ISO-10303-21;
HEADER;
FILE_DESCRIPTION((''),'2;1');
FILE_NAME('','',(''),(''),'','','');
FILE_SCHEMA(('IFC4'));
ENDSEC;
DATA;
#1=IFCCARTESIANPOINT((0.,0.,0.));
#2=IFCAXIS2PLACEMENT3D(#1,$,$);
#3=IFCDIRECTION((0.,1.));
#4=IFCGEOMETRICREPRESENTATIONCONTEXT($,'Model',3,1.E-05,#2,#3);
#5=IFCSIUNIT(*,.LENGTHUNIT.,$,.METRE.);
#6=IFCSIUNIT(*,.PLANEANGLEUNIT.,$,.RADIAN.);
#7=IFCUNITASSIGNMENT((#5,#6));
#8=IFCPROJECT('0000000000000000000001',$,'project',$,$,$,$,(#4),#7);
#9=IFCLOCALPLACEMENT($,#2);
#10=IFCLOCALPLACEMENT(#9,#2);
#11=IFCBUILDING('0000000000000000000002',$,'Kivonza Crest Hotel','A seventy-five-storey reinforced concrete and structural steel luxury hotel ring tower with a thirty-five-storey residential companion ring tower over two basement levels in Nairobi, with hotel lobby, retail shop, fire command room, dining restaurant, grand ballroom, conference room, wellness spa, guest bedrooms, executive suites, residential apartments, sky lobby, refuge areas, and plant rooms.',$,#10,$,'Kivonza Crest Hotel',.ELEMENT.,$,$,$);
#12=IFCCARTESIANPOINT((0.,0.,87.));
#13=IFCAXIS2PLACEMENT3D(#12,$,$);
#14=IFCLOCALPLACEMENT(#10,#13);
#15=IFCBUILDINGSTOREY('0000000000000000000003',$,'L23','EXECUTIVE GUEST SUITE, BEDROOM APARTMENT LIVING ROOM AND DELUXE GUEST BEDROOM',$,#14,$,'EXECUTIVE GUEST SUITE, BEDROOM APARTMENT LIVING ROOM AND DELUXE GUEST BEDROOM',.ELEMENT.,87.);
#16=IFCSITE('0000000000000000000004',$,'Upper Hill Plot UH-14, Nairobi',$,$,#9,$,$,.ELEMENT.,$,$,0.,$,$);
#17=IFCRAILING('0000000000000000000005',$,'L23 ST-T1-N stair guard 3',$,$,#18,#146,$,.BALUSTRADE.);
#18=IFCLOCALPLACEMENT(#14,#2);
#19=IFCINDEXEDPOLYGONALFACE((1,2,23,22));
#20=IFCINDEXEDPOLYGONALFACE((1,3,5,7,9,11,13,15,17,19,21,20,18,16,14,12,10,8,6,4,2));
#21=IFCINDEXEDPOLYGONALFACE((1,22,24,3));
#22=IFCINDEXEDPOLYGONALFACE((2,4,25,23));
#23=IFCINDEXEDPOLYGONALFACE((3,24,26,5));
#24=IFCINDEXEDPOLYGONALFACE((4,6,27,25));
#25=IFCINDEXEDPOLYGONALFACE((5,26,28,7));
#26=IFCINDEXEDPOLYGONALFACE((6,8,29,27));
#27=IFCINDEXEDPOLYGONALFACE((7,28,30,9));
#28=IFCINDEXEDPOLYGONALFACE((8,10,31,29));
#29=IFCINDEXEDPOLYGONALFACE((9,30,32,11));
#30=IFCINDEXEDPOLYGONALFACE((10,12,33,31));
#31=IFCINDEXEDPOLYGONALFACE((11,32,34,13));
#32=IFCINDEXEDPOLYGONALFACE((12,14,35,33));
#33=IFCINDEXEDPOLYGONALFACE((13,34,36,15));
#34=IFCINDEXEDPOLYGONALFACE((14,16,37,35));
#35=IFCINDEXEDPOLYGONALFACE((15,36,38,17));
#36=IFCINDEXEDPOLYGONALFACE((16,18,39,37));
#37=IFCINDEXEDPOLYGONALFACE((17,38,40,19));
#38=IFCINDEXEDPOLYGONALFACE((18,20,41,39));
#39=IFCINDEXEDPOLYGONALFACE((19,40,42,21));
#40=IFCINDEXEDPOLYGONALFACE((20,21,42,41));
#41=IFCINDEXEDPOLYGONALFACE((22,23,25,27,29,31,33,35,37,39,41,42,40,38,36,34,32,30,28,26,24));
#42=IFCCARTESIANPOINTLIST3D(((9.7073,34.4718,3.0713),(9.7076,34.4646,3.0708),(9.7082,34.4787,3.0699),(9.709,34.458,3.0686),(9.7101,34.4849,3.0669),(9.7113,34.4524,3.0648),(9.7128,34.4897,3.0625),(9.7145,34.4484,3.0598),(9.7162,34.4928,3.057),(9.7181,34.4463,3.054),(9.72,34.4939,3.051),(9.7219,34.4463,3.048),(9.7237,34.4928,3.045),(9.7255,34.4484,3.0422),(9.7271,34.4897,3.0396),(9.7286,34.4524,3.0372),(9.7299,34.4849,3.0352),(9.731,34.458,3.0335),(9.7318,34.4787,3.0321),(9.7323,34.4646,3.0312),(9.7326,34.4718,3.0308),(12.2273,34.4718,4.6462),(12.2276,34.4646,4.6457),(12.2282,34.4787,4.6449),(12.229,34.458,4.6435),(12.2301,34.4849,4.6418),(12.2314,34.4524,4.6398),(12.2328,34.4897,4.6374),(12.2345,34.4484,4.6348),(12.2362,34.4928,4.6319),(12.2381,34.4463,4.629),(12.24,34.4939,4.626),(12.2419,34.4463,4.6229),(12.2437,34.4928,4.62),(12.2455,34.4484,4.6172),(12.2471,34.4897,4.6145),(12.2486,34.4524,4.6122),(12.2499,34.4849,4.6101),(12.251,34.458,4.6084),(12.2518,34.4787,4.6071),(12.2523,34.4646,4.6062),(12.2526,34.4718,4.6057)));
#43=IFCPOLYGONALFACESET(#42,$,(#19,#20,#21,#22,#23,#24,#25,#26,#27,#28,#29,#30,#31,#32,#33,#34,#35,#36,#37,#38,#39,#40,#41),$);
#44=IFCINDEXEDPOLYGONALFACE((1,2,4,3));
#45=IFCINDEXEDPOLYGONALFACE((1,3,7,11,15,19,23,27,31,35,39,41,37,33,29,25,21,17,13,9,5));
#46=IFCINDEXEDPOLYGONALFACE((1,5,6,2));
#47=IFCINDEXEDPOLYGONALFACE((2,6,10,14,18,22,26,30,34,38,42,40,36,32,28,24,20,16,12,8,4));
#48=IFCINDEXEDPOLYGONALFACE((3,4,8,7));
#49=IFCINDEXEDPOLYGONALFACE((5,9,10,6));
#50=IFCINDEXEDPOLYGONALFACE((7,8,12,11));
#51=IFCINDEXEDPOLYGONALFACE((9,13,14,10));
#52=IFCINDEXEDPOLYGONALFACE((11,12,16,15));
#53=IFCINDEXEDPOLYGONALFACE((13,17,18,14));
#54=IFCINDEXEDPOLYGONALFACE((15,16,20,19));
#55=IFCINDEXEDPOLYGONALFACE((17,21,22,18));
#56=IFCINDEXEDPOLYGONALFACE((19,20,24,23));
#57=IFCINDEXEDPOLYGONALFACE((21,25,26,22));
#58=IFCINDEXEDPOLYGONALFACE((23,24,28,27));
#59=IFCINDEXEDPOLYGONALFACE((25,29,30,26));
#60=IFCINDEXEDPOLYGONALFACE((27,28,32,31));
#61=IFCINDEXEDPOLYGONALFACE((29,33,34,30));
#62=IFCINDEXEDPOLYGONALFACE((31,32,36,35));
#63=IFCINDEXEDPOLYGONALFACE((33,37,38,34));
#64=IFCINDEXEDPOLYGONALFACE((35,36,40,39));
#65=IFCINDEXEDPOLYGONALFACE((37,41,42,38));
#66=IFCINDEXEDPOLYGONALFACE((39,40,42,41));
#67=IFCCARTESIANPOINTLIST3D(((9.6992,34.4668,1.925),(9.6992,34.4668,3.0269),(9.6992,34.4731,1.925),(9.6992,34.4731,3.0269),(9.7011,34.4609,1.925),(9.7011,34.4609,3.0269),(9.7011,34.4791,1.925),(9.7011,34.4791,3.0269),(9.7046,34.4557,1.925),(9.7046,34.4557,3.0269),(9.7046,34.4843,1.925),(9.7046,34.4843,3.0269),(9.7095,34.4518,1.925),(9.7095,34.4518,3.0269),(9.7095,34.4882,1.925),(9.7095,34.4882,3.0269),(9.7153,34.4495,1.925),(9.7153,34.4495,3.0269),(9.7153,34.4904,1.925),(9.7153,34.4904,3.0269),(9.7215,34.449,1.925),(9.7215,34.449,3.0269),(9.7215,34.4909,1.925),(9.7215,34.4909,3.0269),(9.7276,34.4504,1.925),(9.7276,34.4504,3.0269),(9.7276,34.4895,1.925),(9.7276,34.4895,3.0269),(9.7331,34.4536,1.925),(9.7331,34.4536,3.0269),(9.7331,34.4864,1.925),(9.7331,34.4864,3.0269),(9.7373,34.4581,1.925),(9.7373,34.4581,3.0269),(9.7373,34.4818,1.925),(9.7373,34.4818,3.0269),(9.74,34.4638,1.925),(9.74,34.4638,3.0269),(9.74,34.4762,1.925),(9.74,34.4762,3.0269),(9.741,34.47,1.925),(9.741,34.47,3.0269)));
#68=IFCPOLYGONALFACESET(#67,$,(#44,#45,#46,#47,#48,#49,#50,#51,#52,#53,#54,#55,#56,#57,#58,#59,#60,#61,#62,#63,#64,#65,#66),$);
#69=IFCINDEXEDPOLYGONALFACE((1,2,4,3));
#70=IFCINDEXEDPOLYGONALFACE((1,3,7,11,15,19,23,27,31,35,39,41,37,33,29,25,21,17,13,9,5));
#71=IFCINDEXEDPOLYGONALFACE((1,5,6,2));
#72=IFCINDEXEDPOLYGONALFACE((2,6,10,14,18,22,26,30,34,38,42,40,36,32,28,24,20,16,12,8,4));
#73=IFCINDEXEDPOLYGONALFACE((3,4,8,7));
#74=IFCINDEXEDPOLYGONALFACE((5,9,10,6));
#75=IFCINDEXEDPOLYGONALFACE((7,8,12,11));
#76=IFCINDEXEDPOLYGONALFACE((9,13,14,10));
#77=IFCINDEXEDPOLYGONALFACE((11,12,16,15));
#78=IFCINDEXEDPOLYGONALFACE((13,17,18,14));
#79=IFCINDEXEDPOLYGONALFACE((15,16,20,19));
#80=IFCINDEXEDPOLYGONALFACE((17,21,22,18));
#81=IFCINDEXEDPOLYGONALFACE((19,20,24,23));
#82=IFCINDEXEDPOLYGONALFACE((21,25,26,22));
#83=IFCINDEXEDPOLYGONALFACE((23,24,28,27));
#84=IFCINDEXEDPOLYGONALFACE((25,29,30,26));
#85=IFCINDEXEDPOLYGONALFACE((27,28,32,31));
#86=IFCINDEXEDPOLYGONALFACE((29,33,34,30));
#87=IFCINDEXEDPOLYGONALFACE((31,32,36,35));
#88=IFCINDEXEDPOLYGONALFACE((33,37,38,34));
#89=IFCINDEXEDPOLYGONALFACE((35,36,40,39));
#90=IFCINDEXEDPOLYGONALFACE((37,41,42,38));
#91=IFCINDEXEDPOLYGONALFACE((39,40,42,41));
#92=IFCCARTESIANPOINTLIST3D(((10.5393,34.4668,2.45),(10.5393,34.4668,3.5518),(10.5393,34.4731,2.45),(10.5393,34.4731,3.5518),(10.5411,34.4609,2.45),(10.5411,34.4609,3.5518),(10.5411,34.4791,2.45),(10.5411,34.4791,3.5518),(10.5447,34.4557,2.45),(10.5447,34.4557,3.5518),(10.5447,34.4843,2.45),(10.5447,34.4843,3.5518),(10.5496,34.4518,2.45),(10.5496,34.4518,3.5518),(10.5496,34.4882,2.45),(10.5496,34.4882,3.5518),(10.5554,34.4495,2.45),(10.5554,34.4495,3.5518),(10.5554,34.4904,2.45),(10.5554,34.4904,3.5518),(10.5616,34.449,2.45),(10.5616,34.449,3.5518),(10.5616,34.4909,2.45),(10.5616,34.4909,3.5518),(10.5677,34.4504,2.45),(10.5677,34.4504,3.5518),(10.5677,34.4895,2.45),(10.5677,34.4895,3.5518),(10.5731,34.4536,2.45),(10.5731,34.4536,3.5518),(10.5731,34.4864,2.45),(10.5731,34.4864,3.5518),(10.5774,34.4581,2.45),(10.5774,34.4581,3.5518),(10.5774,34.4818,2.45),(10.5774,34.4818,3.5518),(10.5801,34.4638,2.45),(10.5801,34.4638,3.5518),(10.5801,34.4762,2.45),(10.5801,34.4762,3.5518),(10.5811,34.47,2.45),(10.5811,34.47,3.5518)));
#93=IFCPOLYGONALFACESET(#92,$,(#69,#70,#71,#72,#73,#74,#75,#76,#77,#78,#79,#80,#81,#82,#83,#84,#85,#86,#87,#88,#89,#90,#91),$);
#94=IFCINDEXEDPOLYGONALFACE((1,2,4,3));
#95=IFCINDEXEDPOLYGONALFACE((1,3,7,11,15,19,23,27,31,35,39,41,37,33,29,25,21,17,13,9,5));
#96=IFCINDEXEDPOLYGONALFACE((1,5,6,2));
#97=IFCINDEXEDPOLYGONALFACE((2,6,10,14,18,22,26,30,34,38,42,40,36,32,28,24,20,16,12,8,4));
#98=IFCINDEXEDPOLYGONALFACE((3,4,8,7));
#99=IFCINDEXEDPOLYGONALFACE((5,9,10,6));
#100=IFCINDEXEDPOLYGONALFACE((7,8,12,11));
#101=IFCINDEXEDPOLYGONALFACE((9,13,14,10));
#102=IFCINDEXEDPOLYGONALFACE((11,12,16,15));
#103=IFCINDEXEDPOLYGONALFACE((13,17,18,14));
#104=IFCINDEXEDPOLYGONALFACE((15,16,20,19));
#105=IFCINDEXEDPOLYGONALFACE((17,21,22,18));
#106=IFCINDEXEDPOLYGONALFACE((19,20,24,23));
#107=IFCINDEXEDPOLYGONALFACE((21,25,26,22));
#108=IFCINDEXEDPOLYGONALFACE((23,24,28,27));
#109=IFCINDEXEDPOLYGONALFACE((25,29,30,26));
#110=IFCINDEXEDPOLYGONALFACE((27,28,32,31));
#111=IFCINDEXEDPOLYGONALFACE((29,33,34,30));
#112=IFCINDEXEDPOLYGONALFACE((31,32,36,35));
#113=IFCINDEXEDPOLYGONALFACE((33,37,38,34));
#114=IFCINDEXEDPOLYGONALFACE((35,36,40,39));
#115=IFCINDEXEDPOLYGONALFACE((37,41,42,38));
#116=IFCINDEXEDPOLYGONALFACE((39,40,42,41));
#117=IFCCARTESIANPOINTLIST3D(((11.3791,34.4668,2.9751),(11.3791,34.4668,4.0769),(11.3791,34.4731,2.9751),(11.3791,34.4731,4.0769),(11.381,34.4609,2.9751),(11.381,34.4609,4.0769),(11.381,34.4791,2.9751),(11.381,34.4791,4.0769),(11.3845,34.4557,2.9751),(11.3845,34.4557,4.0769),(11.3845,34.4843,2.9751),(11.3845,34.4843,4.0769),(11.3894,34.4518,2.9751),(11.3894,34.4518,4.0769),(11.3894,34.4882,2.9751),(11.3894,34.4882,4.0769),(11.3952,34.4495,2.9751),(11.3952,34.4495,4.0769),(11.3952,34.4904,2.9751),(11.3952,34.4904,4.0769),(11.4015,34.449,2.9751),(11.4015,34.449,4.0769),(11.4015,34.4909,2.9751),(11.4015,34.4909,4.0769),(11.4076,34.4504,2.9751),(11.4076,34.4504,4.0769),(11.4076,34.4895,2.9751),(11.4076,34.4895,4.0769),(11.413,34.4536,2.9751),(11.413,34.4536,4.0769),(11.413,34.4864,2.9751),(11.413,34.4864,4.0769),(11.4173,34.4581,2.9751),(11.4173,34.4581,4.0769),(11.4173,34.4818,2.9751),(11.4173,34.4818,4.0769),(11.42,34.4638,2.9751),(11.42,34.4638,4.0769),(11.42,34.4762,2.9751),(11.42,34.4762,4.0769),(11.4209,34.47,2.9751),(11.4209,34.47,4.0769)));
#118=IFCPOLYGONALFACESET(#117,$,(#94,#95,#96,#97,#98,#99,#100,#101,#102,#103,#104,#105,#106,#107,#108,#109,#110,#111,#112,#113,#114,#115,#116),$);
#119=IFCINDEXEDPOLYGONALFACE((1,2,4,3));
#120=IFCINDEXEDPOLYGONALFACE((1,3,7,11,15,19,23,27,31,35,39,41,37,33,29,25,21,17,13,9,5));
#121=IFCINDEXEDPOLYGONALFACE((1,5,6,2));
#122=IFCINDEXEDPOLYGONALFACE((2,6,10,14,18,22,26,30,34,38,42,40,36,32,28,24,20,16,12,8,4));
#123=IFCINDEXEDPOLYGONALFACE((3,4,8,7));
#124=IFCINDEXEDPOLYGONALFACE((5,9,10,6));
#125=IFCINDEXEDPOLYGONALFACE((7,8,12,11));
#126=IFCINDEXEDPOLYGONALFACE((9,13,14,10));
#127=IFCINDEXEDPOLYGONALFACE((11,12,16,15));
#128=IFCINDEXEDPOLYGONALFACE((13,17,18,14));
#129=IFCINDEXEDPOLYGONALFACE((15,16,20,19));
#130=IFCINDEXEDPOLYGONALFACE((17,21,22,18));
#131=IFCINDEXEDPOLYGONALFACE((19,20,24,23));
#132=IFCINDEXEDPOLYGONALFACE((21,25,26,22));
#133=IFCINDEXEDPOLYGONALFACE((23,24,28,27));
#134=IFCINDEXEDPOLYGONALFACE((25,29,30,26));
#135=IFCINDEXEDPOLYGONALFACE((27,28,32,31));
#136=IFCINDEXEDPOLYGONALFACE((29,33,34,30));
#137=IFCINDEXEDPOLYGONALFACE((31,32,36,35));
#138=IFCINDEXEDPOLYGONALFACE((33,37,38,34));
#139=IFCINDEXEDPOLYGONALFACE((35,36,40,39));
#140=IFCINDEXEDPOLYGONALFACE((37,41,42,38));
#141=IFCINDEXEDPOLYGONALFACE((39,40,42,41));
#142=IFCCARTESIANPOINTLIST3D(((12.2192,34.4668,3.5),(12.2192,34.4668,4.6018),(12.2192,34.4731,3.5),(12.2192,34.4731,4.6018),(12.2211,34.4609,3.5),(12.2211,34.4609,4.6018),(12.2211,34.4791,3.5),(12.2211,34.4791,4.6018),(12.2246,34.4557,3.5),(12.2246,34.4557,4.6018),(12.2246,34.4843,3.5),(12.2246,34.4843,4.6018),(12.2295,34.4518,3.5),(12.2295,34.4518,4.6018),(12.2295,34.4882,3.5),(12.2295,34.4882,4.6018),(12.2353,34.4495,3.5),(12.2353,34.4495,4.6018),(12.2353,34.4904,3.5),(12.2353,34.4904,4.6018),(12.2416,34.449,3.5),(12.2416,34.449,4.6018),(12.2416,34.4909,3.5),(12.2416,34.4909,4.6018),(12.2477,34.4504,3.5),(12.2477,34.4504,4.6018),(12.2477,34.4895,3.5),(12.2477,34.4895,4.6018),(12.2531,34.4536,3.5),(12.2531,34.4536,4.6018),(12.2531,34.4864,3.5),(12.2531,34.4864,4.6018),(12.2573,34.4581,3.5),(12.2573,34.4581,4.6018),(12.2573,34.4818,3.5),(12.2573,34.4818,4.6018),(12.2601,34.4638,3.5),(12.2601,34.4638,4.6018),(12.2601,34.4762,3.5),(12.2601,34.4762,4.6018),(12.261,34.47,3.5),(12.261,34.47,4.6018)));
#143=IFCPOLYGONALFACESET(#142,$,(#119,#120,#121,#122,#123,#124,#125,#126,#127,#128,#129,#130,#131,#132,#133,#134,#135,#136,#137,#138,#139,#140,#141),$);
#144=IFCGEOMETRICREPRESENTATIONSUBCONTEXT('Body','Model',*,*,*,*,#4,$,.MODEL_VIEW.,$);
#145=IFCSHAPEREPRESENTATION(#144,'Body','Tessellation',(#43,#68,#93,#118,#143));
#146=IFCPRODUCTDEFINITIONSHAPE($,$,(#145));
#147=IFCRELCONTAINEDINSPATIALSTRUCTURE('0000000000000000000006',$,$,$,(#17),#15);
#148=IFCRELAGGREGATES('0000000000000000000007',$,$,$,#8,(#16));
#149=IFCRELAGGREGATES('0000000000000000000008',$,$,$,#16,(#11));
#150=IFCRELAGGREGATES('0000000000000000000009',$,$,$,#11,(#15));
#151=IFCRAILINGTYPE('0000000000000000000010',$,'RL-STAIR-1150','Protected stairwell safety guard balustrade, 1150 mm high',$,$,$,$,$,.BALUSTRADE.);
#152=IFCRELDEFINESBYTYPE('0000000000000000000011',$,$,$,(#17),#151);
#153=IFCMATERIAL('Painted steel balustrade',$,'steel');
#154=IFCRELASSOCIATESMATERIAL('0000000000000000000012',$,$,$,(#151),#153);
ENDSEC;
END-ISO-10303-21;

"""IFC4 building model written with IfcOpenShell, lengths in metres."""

from ifc_helpers import new_model, si_unit, direction, frame, origin, origin_2d, place, context, subcontext, project, spatial, circle, extrude, material, type_object, element, save


model = new_model("IFC4")

# Units and contexts
model_context = context("Model", 3, precision=1e-05, world=origin(), true_north=direction((0.0, 1.0)))
body_context = subcontext(model_context, "Body", "Model", "MODEL_VIEW")
ifc_project = project(units=[si_unit("LENGTHUNIT", "METRE"), si_unit("PLANEANGLEUNIT", "RADIAN")], contexts=[model_context])

# Site, building, storey
site_placement = place(None, origin())
site = spatial("IfcSite", under=ifc_project, at=site_placement, Name="Upper Hill Plot UH-14, Nairobi", CompositionType="ELEMENT", RefElevation=0.0)
building_placement = place(site_placement, origin())
building = spatial("IfcBuilding", under=site, at=building_placement, Name="Kivonza Crest Hotel", Description="A seventy-five-storey reinforced concrete and structural steel luxury hotel ring tower with a thirty-five-storey residential companion ring tower over two basement levels in Nairobi, with hotel lobby, retail shop, fire command room, dining restaurant, grand ballroom, conference room, wellness spa, guest bedrooms, executive suites, residential apartments, sky lobby, refuge areas, and plant rooms.", LongName="Kivonza Crest Hotel", CompositionType="ELEMENT")
storey_placement = place(building_placement, frame((0.0, 0.0, 87.0)))
storey = spatial("IfcBuildingStorey", under=building, at=storey_placement, Name="L23", Description="EXECUTIVE GUEST SUITE, BEDROOM APARTMENT LIVING ROOM AND DELUXE GUEST BEDROOM", LongName="EXECUTIVE GUEST SUITE, BEDROOM APARTMENT LIVING ROOM AND DELUXE GUEST BEDROOM", CompositionType="ELEMENT", Elevation=87.0)

# Railing
ifc_material_1 = material(Name="Painted steel balustrade", Category="steel")
railing_type_1 = type_object("IfcRailingType", Name="RL-STAIR-1150", Description="Protected stairwell safety guard balustrade, 1150 mm high", PredefinedType="BALUSTRADE", material=ifc_material_1)
railing_1_placement = place(storey_placement, frame((9.72, 34.47, 1.925)))
element("IfcRailing", 1, at=railing_1_placement, inside=storey, type_object=railing_type_1, Name="L23 ST-T1-N stair guard 3", PredefinedType="BALUSTRADE", context=body_context, shape_type="SweptSolid", body=[
    extrude(circle(Radius=0.0239, at=origin_2d()), frame((0.0, 0.0, 1.126), z_axis=(0.848008, 0.0, 0.529984), x_axis=(0.0, 1.0, 0.0)), (0.0, 0.0, 1.0), 2.9717),
    extrude(circle(Radius=0.021, at=origin_2d()), origin(), (0.0, 0.0, 1.0), 1.1018),
    extrude(circle(Radius=0.021, at=origin_2d()), frame((0.8401, 0.0, 0.5249)), (0.0, 0.0, 1.0), 1.1018),
    extrude(circle(Radius=0.021, at=origin_2d()), frame((1.6799, 0.0, 1.05)), (0.0, 0.0, 1.0), 1.1018),
    extrude(circle(Radius=0.021, at=origin_2d()), frame((2.52, 0.0, 1.575)), (0.0, 0.0, 1.0), 1.1018),
])

save(model, "model.ifc")
